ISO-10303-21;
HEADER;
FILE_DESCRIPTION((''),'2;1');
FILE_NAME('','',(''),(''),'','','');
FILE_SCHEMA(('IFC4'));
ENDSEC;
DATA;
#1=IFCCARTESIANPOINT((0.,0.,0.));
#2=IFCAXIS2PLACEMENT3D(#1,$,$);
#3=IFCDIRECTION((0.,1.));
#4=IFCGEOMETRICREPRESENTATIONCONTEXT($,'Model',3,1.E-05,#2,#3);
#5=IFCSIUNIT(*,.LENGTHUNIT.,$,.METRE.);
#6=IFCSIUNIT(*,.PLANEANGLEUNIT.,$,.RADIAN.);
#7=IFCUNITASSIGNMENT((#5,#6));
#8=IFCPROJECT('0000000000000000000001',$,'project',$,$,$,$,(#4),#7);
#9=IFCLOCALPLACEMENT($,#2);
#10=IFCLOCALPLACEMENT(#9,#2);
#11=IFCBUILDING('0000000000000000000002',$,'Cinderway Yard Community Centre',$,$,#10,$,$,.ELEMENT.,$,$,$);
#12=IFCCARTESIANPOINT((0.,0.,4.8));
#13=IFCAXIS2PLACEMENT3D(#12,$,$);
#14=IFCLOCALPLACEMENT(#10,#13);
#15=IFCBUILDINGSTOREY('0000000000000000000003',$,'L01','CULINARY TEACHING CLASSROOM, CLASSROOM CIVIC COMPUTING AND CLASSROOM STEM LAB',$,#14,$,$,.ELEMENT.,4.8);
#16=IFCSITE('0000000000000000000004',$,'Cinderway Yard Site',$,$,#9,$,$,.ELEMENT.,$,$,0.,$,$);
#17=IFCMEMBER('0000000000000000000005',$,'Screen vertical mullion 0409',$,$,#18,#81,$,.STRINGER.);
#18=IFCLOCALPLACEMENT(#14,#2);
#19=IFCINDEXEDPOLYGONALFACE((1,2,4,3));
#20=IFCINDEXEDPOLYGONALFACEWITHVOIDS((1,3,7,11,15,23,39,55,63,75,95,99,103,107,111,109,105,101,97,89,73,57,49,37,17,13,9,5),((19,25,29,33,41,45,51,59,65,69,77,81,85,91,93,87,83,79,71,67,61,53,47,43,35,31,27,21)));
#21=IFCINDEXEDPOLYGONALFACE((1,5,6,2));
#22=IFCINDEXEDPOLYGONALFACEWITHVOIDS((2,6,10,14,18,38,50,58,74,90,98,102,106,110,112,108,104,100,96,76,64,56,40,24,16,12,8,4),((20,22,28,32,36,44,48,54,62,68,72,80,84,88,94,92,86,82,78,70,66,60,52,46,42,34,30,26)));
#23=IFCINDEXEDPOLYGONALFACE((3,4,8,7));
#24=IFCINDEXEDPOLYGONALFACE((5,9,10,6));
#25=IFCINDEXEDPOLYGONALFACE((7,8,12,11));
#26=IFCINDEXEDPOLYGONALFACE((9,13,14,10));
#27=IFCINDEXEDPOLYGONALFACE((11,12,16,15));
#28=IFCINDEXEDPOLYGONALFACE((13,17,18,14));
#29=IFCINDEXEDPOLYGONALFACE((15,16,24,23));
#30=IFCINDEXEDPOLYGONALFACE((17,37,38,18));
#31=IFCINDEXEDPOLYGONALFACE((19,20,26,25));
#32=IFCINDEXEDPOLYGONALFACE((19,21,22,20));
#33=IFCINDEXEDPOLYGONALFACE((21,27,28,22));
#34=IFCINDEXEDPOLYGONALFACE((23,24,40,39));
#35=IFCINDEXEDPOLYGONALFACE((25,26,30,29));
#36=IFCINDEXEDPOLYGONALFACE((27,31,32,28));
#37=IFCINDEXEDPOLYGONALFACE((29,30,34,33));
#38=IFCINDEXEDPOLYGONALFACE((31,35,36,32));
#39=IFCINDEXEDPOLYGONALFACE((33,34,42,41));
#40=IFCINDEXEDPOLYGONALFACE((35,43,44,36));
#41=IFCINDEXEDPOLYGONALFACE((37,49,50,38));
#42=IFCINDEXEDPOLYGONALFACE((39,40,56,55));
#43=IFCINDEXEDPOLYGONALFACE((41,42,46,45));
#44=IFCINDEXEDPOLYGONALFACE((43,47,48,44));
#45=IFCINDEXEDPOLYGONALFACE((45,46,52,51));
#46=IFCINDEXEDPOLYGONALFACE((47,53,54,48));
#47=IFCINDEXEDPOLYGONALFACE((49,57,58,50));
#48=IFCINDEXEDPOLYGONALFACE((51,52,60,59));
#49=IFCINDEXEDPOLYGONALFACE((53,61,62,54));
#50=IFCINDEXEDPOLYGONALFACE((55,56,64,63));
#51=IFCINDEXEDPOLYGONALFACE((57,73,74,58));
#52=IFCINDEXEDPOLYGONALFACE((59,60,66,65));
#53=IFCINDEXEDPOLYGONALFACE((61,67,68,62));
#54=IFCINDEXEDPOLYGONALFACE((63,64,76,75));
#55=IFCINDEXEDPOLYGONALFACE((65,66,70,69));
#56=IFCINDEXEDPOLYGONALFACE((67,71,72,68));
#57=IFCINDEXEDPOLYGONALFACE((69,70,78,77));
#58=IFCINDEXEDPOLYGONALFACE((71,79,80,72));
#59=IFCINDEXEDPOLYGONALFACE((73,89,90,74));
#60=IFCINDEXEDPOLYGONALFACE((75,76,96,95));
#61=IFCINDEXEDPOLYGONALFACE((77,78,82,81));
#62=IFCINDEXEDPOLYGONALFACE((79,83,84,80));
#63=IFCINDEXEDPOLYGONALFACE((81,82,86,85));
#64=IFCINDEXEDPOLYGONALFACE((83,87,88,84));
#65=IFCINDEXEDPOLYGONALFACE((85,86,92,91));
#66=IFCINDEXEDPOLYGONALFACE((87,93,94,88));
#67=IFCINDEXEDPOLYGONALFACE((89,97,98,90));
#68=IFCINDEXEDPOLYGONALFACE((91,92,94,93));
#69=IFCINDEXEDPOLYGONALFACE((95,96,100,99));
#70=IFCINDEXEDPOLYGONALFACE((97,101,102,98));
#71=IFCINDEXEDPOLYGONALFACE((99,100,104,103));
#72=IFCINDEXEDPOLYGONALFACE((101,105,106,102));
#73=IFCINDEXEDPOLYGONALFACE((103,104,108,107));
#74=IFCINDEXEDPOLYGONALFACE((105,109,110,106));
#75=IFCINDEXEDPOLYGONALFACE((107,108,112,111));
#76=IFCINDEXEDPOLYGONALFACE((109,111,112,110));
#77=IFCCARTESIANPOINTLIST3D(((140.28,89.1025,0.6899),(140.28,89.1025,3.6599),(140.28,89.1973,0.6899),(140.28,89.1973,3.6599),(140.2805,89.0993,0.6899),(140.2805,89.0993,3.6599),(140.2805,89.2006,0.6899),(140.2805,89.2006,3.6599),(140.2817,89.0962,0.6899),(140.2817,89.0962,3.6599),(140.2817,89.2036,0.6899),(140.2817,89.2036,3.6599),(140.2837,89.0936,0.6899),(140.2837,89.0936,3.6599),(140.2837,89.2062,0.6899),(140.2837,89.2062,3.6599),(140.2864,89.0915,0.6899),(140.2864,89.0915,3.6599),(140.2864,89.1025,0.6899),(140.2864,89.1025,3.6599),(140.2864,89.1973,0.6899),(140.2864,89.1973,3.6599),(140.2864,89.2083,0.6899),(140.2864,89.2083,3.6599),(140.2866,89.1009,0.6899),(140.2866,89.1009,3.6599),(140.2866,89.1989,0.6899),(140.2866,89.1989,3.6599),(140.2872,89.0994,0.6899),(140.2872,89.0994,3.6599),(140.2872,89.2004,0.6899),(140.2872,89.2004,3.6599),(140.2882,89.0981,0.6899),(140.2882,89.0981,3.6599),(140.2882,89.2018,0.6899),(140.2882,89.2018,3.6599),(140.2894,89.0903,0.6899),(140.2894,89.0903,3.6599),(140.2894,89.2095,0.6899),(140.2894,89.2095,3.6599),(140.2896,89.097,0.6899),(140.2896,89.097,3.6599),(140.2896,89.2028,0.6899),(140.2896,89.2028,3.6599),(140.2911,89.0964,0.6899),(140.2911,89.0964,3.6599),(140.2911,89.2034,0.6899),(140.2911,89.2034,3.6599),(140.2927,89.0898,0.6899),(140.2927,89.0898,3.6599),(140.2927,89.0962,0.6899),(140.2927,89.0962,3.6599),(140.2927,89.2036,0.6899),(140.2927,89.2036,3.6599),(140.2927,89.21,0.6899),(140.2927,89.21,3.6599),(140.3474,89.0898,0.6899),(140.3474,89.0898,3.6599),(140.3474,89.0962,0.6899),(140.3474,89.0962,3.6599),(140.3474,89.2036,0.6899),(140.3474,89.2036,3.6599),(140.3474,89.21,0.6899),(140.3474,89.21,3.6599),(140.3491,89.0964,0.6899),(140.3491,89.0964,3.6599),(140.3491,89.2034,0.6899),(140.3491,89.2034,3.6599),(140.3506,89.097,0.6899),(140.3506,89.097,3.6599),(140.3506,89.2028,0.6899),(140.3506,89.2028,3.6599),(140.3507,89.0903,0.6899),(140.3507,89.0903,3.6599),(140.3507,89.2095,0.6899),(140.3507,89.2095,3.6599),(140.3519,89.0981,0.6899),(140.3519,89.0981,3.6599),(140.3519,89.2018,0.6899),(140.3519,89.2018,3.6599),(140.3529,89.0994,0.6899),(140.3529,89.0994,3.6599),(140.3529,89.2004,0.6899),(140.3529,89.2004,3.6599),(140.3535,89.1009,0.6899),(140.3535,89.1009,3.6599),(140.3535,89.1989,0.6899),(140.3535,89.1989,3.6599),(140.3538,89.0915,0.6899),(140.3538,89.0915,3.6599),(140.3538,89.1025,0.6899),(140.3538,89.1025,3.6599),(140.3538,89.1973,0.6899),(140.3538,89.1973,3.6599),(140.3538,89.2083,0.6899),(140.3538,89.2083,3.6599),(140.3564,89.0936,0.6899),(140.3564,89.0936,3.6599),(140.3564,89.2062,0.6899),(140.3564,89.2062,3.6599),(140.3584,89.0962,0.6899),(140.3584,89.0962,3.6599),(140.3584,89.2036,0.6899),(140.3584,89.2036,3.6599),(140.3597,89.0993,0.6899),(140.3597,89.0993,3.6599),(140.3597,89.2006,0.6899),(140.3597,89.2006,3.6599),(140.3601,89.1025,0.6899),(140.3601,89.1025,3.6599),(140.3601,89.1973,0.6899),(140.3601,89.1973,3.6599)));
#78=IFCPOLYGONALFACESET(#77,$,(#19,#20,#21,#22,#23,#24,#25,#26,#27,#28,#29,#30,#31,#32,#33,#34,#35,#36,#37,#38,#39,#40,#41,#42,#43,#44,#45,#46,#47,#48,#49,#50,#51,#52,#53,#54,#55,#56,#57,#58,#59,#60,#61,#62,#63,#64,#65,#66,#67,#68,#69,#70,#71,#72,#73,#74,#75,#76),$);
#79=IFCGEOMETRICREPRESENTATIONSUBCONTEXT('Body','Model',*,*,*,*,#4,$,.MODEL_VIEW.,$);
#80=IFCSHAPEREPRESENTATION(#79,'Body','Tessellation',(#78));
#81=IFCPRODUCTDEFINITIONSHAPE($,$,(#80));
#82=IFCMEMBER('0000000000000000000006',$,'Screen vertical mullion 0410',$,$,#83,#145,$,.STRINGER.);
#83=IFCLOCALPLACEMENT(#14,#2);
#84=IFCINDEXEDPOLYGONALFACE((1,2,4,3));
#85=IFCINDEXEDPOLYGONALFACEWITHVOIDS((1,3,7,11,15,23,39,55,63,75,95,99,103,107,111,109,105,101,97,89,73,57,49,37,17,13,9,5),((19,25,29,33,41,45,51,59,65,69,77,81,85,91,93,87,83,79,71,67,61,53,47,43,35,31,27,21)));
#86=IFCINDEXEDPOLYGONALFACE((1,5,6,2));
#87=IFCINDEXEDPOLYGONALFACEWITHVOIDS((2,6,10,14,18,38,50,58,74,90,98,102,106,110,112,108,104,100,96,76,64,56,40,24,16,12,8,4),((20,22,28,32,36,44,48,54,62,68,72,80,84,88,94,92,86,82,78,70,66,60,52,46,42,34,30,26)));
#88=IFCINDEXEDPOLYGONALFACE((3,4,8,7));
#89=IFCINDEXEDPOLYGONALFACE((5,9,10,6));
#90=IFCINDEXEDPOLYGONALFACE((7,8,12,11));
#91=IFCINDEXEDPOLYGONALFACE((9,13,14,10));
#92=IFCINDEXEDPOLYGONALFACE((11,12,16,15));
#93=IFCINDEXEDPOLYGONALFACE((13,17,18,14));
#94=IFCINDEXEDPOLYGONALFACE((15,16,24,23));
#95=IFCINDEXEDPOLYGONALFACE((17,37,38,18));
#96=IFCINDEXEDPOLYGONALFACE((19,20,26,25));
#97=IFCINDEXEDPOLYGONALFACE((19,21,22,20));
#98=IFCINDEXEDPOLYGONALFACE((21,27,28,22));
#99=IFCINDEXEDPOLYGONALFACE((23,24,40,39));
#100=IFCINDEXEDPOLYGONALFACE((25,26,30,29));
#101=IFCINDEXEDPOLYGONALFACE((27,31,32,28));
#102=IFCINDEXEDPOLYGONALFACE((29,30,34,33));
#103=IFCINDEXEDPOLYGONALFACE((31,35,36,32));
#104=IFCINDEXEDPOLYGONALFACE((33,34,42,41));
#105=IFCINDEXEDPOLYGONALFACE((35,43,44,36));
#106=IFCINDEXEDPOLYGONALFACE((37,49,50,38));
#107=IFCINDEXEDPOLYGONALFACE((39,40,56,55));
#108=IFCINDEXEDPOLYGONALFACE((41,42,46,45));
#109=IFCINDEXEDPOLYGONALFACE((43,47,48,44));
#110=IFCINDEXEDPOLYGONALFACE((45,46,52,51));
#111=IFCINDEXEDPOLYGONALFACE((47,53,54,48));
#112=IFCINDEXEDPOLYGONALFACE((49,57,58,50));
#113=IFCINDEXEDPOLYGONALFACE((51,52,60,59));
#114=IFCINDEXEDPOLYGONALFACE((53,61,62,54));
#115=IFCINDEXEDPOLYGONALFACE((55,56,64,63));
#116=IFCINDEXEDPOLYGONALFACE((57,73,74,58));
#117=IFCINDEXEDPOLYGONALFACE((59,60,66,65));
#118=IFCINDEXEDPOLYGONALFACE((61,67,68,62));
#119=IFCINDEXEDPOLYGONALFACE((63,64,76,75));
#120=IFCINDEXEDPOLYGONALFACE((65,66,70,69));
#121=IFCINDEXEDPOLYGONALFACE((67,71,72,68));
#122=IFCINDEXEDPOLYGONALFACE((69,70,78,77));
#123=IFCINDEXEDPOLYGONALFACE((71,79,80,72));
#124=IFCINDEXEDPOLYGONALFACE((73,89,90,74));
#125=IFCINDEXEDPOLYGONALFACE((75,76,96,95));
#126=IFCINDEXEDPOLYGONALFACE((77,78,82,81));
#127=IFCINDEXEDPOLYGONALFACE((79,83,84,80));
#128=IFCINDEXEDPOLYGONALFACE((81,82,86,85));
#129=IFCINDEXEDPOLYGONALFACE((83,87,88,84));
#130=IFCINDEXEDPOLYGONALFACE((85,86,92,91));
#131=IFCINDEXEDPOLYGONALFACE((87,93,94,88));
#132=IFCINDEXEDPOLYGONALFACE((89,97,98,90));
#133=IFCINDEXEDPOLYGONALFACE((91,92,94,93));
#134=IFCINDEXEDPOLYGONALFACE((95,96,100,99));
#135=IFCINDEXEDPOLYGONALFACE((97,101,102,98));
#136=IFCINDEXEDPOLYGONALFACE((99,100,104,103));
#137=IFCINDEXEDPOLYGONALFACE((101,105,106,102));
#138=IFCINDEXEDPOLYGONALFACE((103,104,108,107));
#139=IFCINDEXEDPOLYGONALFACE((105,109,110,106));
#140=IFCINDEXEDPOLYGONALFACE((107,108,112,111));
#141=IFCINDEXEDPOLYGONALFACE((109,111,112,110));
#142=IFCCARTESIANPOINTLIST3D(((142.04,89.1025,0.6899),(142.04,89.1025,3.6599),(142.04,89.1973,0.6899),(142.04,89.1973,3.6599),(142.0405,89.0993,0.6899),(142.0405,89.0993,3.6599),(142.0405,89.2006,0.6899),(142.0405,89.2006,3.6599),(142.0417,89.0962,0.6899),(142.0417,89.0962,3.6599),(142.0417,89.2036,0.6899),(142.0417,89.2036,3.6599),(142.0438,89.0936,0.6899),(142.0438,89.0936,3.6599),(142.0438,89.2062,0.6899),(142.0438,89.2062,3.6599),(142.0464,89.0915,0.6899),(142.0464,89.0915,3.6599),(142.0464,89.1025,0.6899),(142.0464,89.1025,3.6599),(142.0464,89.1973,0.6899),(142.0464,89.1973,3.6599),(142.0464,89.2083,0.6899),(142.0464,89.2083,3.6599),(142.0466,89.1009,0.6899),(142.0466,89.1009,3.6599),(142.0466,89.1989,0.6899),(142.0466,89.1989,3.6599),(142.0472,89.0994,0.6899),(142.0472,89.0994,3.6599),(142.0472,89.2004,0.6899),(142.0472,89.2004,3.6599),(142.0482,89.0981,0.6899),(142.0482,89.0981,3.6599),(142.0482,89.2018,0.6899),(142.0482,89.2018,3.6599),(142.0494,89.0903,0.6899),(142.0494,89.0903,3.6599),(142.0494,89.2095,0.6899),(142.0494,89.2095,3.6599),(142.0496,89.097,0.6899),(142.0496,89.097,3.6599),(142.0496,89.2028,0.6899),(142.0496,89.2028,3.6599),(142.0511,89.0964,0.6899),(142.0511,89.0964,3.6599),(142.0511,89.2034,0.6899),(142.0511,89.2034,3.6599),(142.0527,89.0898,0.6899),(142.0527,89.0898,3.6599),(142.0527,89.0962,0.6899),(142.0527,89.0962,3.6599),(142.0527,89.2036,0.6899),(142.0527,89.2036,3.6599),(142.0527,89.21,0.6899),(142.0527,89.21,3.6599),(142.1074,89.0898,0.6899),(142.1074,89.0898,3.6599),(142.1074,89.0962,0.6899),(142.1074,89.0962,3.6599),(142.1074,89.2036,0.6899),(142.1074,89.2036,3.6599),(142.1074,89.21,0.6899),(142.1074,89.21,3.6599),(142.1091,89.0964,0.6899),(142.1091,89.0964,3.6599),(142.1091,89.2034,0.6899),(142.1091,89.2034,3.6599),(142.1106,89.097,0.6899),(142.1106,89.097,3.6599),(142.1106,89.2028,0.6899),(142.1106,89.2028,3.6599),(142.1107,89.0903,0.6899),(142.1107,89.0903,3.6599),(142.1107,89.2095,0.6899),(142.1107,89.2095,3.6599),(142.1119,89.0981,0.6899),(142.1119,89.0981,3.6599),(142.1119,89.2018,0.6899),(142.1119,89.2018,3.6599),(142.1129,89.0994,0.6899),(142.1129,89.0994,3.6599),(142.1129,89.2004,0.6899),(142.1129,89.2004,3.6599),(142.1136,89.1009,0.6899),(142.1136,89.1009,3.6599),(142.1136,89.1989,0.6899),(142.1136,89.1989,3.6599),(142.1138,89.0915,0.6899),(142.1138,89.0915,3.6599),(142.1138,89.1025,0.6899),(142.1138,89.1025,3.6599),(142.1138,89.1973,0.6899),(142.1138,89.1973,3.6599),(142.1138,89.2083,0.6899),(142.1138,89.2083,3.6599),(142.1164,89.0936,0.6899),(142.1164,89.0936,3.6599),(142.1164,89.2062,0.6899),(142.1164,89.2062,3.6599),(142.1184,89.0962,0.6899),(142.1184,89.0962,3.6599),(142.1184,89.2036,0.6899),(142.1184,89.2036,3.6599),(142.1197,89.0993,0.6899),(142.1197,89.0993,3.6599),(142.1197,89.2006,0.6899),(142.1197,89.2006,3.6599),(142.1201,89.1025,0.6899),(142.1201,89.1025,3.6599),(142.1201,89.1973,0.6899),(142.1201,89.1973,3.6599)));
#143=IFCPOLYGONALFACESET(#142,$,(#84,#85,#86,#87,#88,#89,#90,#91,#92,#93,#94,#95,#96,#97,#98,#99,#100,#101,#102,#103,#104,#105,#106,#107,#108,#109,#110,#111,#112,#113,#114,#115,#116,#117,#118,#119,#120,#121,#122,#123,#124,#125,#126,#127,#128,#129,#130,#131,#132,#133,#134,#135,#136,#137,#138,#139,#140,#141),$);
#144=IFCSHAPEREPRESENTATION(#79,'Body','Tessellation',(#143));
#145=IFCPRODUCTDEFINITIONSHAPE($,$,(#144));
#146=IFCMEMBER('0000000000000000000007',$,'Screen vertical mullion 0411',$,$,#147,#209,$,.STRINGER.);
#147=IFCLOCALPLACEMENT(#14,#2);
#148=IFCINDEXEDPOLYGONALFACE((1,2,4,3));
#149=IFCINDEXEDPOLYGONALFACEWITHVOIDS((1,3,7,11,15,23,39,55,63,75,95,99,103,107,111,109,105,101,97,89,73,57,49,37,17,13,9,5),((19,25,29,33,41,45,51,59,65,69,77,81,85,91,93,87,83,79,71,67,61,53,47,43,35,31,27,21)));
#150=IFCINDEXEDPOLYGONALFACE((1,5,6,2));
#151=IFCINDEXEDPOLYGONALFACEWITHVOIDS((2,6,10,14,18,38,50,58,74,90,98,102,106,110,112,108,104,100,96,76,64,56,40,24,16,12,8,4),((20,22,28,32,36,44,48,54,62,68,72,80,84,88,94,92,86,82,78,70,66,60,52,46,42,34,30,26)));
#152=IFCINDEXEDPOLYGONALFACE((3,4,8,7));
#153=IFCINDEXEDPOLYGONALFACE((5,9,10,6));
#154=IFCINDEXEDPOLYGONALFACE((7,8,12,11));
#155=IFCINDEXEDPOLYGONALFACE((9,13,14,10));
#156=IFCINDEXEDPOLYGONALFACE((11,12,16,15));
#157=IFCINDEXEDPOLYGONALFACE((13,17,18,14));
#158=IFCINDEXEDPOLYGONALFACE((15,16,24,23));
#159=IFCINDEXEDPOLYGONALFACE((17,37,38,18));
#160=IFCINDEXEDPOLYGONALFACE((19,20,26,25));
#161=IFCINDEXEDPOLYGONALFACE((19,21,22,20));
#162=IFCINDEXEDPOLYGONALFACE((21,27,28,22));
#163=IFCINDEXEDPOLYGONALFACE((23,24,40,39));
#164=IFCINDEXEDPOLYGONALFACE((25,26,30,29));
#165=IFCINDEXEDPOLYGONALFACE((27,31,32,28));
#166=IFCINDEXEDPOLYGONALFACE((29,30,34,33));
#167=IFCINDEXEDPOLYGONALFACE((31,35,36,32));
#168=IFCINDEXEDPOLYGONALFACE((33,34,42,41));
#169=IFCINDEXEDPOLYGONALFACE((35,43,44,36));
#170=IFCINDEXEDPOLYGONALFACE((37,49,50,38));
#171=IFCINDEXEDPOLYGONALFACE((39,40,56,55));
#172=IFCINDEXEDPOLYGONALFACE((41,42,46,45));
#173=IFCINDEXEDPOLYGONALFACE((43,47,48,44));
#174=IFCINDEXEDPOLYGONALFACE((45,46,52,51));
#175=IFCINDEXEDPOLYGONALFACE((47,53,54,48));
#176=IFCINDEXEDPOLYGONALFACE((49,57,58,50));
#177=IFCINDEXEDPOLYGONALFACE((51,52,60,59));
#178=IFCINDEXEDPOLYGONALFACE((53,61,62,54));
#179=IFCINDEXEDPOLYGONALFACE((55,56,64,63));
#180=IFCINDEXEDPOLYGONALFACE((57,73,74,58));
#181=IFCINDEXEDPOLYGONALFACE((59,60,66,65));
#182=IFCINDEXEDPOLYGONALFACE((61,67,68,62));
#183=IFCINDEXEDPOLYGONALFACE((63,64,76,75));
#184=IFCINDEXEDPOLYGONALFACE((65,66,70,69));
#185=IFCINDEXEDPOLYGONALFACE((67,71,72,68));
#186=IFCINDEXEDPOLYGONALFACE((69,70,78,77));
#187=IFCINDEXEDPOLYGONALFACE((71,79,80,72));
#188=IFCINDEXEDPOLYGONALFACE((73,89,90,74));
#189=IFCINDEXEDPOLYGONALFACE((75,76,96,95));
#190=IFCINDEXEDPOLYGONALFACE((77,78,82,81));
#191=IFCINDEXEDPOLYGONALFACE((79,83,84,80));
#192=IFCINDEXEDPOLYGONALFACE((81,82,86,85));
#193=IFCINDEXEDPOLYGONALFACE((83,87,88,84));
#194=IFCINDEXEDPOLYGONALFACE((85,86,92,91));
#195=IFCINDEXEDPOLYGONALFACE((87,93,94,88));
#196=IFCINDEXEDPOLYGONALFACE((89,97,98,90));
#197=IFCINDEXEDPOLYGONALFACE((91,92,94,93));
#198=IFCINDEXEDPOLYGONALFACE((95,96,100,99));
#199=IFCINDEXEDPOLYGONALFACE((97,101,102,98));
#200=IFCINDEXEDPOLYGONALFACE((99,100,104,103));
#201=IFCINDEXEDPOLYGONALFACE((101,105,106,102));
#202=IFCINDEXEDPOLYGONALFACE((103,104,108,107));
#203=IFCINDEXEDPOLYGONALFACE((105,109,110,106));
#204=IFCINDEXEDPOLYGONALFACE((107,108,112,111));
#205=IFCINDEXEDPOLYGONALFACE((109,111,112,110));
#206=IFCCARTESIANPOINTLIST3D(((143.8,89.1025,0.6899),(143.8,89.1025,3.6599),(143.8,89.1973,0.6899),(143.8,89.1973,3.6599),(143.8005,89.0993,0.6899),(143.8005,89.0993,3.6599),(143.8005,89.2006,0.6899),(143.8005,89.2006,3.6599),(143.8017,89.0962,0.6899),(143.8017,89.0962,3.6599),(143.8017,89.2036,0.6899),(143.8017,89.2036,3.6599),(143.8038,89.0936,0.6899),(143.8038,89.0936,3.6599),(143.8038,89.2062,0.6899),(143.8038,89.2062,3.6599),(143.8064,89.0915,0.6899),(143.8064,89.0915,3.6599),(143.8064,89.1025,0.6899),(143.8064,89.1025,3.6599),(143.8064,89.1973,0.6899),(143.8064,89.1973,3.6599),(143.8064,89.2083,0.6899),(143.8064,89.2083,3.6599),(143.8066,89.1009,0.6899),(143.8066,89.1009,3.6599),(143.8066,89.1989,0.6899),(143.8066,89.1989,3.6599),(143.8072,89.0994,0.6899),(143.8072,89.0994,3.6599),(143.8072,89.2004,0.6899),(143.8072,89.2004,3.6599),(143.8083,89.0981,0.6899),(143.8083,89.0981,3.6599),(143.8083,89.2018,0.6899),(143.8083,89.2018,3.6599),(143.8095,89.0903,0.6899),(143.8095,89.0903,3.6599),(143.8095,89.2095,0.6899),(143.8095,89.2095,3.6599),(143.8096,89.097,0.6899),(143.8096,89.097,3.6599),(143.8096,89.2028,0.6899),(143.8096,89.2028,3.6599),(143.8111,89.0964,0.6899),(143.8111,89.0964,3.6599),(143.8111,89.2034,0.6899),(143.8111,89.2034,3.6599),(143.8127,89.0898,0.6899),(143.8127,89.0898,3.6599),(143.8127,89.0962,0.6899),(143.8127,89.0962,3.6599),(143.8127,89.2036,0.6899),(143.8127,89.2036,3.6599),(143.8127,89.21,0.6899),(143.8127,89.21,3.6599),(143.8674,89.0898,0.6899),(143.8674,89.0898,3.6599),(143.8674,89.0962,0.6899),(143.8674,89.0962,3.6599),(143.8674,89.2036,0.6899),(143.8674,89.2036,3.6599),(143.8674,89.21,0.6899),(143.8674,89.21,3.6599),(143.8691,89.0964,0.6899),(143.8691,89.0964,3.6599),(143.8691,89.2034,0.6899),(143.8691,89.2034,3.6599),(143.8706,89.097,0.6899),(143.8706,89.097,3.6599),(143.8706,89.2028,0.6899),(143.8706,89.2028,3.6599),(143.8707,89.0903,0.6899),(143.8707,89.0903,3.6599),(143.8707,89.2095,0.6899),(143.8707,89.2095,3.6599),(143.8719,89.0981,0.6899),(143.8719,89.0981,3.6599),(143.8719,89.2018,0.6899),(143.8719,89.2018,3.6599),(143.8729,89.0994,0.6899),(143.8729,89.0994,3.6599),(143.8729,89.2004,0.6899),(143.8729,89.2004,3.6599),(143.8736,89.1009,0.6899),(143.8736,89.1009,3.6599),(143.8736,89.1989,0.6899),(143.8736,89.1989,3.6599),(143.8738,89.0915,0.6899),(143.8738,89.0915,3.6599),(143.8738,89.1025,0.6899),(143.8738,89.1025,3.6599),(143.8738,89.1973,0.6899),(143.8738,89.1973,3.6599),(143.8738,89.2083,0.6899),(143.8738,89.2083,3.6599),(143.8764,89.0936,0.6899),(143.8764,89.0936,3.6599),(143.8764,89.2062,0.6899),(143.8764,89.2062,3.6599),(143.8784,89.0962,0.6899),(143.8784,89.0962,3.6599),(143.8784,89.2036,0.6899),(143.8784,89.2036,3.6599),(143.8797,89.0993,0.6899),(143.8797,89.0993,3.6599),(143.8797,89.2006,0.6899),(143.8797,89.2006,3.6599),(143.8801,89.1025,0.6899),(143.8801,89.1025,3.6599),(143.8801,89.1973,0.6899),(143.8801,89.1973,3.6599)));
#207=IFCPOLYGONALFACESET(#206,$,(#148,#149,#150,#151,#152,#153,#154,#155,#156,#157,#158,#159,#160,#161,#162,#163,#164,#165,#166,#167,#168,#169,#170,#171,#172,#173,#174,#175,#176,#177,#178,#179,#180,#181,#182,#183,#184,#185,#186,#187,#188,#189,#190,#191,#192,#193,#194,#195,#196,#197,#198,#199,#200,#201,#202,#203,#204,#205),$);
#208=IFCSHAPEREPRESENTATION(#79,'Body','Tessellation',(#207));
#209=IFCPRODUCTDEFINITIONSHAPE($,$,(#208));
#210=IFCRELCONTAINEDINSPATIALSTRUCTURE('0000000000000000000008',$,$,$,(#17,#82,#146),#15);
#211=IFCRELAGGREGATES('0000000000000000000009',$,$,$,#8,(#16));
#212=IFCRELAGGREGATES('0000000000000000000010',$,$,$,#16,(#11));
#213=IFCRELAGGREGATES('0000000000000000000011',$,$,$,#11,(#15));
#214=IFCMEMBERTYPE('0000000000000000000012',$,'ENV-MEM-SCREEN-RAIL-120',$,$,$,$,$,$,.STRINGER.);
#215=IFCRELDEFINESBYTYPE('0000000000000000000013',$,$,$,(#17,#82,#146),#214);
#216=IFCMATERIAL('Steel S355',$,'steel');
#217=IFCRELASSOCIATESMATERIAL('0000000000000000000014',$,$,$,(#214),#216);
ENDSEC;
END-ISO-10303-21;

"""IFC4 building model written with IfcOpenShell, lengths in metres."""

from ifc_helpers import new_model, si_unit, direction, frame, origin, origin_2d, place, context, subcontext, project, spatial, hollow_rectangle, extrude, material, material_profile, profile_set, type_object, element, save


model = new_model("IFC4")

# Units and contexts
model_context = context("Model", 3, precision=1e-05, world=origin(), true_north=direction((0.0, 1.0)))
body_context = subcontext(model_context, "Body", "Model", "MODEL_VIEW")
ifc_project = project(units=[si_unit("LENGTHUNIT", "METRE"), si_unit("PLANEANGLEUNIT", "RADIAN")], contexts=[model_context])

# Site, building, storey
site_placement = place(None, origin())
site = spatial("IfcSite", under=ifc_project, at=site_placement, Name="Cinderway Yard Site", CompositionType="ELEMENT", RefElevation=0.0)
building_placement = place(site_placement, origin())
building = spatial("IfcBuilding", under=site, at=building_placement, Name="Cinderway Yard Community Centre", CompositionType="ELEMENT")
storey_placement = place(building_placement, frame((0.0, 0.0, 4.8)))
storey = spatial("IfcBuildingStorey", under=building, at=storey_placement, Name="L01", Description="CULINARY TEACHING CLASSROOM, CLASSROOM CIVIC COMPUTING AND CLASSROOM STEM LAB", CompositionType="ELEMENT", Elevation=4.8)

# Members
ifc_material_1 = material(Name="Steel S355", Category="steel")
ifc_material_profile_1 = material_profile(ifc_material_1, hollow_rectangle(XDim=0.0801, YDim=0.1201, WallThickness=0.0063, InnerFilletRadius=0.0063, OuterFilletRadius=0.0127, at=origin_2d()), Name="Steel S355")
ifc_profile_set_1 = profile_set([ifc_material_profile_1], Name="Steel S355")
member_type_1 = type_object("IfcMemberType", Name="ENV-MEM-SCREEN-RAIL-120", PredefinedType="STRINGER", material=ifc_profile_set_1)
for number, where, z_axis, x_axis, name in (
    (1, (140.3201, 89.1499, 0.6899), (0.0, 0.0, 1.0), (1.0, 0.0, 0.0), "Screen vertical mullion 0409"),
    (2, (142.0801, 89.1499, 0.6899), (0.0, 0.0, 1.0), (1.0, 0.0, 0.0), "Screen vertical mullion 0410"),
    (3, (143.8401, 89.1499, 0.6899), (0.0, 0.0, 1.0), (1.0, 0.0, 0.0), "Screen vertical mullion 0411"),
):
    element("IfcMember", number, at=place(storey_placement, frame(where, z_axis=z_axis, x_axis=x_axis)), inside=storey, type_object=member_type_1, Name=name, PredefinedType="STRINGER", context=body_context, shape_type="SweptSolid", body=[
        extrude(hollow_rectangle(XDim=0.0801, YDim=0.1201, WallThickness=0.0063, InnerFilletRadius=0.0063, OuterFilletRadius=0.0127, at=origin_2d()), origin(), (0.0, 0.0, 1.0), 2.97),
    ])

save(model, "model.ifc")
